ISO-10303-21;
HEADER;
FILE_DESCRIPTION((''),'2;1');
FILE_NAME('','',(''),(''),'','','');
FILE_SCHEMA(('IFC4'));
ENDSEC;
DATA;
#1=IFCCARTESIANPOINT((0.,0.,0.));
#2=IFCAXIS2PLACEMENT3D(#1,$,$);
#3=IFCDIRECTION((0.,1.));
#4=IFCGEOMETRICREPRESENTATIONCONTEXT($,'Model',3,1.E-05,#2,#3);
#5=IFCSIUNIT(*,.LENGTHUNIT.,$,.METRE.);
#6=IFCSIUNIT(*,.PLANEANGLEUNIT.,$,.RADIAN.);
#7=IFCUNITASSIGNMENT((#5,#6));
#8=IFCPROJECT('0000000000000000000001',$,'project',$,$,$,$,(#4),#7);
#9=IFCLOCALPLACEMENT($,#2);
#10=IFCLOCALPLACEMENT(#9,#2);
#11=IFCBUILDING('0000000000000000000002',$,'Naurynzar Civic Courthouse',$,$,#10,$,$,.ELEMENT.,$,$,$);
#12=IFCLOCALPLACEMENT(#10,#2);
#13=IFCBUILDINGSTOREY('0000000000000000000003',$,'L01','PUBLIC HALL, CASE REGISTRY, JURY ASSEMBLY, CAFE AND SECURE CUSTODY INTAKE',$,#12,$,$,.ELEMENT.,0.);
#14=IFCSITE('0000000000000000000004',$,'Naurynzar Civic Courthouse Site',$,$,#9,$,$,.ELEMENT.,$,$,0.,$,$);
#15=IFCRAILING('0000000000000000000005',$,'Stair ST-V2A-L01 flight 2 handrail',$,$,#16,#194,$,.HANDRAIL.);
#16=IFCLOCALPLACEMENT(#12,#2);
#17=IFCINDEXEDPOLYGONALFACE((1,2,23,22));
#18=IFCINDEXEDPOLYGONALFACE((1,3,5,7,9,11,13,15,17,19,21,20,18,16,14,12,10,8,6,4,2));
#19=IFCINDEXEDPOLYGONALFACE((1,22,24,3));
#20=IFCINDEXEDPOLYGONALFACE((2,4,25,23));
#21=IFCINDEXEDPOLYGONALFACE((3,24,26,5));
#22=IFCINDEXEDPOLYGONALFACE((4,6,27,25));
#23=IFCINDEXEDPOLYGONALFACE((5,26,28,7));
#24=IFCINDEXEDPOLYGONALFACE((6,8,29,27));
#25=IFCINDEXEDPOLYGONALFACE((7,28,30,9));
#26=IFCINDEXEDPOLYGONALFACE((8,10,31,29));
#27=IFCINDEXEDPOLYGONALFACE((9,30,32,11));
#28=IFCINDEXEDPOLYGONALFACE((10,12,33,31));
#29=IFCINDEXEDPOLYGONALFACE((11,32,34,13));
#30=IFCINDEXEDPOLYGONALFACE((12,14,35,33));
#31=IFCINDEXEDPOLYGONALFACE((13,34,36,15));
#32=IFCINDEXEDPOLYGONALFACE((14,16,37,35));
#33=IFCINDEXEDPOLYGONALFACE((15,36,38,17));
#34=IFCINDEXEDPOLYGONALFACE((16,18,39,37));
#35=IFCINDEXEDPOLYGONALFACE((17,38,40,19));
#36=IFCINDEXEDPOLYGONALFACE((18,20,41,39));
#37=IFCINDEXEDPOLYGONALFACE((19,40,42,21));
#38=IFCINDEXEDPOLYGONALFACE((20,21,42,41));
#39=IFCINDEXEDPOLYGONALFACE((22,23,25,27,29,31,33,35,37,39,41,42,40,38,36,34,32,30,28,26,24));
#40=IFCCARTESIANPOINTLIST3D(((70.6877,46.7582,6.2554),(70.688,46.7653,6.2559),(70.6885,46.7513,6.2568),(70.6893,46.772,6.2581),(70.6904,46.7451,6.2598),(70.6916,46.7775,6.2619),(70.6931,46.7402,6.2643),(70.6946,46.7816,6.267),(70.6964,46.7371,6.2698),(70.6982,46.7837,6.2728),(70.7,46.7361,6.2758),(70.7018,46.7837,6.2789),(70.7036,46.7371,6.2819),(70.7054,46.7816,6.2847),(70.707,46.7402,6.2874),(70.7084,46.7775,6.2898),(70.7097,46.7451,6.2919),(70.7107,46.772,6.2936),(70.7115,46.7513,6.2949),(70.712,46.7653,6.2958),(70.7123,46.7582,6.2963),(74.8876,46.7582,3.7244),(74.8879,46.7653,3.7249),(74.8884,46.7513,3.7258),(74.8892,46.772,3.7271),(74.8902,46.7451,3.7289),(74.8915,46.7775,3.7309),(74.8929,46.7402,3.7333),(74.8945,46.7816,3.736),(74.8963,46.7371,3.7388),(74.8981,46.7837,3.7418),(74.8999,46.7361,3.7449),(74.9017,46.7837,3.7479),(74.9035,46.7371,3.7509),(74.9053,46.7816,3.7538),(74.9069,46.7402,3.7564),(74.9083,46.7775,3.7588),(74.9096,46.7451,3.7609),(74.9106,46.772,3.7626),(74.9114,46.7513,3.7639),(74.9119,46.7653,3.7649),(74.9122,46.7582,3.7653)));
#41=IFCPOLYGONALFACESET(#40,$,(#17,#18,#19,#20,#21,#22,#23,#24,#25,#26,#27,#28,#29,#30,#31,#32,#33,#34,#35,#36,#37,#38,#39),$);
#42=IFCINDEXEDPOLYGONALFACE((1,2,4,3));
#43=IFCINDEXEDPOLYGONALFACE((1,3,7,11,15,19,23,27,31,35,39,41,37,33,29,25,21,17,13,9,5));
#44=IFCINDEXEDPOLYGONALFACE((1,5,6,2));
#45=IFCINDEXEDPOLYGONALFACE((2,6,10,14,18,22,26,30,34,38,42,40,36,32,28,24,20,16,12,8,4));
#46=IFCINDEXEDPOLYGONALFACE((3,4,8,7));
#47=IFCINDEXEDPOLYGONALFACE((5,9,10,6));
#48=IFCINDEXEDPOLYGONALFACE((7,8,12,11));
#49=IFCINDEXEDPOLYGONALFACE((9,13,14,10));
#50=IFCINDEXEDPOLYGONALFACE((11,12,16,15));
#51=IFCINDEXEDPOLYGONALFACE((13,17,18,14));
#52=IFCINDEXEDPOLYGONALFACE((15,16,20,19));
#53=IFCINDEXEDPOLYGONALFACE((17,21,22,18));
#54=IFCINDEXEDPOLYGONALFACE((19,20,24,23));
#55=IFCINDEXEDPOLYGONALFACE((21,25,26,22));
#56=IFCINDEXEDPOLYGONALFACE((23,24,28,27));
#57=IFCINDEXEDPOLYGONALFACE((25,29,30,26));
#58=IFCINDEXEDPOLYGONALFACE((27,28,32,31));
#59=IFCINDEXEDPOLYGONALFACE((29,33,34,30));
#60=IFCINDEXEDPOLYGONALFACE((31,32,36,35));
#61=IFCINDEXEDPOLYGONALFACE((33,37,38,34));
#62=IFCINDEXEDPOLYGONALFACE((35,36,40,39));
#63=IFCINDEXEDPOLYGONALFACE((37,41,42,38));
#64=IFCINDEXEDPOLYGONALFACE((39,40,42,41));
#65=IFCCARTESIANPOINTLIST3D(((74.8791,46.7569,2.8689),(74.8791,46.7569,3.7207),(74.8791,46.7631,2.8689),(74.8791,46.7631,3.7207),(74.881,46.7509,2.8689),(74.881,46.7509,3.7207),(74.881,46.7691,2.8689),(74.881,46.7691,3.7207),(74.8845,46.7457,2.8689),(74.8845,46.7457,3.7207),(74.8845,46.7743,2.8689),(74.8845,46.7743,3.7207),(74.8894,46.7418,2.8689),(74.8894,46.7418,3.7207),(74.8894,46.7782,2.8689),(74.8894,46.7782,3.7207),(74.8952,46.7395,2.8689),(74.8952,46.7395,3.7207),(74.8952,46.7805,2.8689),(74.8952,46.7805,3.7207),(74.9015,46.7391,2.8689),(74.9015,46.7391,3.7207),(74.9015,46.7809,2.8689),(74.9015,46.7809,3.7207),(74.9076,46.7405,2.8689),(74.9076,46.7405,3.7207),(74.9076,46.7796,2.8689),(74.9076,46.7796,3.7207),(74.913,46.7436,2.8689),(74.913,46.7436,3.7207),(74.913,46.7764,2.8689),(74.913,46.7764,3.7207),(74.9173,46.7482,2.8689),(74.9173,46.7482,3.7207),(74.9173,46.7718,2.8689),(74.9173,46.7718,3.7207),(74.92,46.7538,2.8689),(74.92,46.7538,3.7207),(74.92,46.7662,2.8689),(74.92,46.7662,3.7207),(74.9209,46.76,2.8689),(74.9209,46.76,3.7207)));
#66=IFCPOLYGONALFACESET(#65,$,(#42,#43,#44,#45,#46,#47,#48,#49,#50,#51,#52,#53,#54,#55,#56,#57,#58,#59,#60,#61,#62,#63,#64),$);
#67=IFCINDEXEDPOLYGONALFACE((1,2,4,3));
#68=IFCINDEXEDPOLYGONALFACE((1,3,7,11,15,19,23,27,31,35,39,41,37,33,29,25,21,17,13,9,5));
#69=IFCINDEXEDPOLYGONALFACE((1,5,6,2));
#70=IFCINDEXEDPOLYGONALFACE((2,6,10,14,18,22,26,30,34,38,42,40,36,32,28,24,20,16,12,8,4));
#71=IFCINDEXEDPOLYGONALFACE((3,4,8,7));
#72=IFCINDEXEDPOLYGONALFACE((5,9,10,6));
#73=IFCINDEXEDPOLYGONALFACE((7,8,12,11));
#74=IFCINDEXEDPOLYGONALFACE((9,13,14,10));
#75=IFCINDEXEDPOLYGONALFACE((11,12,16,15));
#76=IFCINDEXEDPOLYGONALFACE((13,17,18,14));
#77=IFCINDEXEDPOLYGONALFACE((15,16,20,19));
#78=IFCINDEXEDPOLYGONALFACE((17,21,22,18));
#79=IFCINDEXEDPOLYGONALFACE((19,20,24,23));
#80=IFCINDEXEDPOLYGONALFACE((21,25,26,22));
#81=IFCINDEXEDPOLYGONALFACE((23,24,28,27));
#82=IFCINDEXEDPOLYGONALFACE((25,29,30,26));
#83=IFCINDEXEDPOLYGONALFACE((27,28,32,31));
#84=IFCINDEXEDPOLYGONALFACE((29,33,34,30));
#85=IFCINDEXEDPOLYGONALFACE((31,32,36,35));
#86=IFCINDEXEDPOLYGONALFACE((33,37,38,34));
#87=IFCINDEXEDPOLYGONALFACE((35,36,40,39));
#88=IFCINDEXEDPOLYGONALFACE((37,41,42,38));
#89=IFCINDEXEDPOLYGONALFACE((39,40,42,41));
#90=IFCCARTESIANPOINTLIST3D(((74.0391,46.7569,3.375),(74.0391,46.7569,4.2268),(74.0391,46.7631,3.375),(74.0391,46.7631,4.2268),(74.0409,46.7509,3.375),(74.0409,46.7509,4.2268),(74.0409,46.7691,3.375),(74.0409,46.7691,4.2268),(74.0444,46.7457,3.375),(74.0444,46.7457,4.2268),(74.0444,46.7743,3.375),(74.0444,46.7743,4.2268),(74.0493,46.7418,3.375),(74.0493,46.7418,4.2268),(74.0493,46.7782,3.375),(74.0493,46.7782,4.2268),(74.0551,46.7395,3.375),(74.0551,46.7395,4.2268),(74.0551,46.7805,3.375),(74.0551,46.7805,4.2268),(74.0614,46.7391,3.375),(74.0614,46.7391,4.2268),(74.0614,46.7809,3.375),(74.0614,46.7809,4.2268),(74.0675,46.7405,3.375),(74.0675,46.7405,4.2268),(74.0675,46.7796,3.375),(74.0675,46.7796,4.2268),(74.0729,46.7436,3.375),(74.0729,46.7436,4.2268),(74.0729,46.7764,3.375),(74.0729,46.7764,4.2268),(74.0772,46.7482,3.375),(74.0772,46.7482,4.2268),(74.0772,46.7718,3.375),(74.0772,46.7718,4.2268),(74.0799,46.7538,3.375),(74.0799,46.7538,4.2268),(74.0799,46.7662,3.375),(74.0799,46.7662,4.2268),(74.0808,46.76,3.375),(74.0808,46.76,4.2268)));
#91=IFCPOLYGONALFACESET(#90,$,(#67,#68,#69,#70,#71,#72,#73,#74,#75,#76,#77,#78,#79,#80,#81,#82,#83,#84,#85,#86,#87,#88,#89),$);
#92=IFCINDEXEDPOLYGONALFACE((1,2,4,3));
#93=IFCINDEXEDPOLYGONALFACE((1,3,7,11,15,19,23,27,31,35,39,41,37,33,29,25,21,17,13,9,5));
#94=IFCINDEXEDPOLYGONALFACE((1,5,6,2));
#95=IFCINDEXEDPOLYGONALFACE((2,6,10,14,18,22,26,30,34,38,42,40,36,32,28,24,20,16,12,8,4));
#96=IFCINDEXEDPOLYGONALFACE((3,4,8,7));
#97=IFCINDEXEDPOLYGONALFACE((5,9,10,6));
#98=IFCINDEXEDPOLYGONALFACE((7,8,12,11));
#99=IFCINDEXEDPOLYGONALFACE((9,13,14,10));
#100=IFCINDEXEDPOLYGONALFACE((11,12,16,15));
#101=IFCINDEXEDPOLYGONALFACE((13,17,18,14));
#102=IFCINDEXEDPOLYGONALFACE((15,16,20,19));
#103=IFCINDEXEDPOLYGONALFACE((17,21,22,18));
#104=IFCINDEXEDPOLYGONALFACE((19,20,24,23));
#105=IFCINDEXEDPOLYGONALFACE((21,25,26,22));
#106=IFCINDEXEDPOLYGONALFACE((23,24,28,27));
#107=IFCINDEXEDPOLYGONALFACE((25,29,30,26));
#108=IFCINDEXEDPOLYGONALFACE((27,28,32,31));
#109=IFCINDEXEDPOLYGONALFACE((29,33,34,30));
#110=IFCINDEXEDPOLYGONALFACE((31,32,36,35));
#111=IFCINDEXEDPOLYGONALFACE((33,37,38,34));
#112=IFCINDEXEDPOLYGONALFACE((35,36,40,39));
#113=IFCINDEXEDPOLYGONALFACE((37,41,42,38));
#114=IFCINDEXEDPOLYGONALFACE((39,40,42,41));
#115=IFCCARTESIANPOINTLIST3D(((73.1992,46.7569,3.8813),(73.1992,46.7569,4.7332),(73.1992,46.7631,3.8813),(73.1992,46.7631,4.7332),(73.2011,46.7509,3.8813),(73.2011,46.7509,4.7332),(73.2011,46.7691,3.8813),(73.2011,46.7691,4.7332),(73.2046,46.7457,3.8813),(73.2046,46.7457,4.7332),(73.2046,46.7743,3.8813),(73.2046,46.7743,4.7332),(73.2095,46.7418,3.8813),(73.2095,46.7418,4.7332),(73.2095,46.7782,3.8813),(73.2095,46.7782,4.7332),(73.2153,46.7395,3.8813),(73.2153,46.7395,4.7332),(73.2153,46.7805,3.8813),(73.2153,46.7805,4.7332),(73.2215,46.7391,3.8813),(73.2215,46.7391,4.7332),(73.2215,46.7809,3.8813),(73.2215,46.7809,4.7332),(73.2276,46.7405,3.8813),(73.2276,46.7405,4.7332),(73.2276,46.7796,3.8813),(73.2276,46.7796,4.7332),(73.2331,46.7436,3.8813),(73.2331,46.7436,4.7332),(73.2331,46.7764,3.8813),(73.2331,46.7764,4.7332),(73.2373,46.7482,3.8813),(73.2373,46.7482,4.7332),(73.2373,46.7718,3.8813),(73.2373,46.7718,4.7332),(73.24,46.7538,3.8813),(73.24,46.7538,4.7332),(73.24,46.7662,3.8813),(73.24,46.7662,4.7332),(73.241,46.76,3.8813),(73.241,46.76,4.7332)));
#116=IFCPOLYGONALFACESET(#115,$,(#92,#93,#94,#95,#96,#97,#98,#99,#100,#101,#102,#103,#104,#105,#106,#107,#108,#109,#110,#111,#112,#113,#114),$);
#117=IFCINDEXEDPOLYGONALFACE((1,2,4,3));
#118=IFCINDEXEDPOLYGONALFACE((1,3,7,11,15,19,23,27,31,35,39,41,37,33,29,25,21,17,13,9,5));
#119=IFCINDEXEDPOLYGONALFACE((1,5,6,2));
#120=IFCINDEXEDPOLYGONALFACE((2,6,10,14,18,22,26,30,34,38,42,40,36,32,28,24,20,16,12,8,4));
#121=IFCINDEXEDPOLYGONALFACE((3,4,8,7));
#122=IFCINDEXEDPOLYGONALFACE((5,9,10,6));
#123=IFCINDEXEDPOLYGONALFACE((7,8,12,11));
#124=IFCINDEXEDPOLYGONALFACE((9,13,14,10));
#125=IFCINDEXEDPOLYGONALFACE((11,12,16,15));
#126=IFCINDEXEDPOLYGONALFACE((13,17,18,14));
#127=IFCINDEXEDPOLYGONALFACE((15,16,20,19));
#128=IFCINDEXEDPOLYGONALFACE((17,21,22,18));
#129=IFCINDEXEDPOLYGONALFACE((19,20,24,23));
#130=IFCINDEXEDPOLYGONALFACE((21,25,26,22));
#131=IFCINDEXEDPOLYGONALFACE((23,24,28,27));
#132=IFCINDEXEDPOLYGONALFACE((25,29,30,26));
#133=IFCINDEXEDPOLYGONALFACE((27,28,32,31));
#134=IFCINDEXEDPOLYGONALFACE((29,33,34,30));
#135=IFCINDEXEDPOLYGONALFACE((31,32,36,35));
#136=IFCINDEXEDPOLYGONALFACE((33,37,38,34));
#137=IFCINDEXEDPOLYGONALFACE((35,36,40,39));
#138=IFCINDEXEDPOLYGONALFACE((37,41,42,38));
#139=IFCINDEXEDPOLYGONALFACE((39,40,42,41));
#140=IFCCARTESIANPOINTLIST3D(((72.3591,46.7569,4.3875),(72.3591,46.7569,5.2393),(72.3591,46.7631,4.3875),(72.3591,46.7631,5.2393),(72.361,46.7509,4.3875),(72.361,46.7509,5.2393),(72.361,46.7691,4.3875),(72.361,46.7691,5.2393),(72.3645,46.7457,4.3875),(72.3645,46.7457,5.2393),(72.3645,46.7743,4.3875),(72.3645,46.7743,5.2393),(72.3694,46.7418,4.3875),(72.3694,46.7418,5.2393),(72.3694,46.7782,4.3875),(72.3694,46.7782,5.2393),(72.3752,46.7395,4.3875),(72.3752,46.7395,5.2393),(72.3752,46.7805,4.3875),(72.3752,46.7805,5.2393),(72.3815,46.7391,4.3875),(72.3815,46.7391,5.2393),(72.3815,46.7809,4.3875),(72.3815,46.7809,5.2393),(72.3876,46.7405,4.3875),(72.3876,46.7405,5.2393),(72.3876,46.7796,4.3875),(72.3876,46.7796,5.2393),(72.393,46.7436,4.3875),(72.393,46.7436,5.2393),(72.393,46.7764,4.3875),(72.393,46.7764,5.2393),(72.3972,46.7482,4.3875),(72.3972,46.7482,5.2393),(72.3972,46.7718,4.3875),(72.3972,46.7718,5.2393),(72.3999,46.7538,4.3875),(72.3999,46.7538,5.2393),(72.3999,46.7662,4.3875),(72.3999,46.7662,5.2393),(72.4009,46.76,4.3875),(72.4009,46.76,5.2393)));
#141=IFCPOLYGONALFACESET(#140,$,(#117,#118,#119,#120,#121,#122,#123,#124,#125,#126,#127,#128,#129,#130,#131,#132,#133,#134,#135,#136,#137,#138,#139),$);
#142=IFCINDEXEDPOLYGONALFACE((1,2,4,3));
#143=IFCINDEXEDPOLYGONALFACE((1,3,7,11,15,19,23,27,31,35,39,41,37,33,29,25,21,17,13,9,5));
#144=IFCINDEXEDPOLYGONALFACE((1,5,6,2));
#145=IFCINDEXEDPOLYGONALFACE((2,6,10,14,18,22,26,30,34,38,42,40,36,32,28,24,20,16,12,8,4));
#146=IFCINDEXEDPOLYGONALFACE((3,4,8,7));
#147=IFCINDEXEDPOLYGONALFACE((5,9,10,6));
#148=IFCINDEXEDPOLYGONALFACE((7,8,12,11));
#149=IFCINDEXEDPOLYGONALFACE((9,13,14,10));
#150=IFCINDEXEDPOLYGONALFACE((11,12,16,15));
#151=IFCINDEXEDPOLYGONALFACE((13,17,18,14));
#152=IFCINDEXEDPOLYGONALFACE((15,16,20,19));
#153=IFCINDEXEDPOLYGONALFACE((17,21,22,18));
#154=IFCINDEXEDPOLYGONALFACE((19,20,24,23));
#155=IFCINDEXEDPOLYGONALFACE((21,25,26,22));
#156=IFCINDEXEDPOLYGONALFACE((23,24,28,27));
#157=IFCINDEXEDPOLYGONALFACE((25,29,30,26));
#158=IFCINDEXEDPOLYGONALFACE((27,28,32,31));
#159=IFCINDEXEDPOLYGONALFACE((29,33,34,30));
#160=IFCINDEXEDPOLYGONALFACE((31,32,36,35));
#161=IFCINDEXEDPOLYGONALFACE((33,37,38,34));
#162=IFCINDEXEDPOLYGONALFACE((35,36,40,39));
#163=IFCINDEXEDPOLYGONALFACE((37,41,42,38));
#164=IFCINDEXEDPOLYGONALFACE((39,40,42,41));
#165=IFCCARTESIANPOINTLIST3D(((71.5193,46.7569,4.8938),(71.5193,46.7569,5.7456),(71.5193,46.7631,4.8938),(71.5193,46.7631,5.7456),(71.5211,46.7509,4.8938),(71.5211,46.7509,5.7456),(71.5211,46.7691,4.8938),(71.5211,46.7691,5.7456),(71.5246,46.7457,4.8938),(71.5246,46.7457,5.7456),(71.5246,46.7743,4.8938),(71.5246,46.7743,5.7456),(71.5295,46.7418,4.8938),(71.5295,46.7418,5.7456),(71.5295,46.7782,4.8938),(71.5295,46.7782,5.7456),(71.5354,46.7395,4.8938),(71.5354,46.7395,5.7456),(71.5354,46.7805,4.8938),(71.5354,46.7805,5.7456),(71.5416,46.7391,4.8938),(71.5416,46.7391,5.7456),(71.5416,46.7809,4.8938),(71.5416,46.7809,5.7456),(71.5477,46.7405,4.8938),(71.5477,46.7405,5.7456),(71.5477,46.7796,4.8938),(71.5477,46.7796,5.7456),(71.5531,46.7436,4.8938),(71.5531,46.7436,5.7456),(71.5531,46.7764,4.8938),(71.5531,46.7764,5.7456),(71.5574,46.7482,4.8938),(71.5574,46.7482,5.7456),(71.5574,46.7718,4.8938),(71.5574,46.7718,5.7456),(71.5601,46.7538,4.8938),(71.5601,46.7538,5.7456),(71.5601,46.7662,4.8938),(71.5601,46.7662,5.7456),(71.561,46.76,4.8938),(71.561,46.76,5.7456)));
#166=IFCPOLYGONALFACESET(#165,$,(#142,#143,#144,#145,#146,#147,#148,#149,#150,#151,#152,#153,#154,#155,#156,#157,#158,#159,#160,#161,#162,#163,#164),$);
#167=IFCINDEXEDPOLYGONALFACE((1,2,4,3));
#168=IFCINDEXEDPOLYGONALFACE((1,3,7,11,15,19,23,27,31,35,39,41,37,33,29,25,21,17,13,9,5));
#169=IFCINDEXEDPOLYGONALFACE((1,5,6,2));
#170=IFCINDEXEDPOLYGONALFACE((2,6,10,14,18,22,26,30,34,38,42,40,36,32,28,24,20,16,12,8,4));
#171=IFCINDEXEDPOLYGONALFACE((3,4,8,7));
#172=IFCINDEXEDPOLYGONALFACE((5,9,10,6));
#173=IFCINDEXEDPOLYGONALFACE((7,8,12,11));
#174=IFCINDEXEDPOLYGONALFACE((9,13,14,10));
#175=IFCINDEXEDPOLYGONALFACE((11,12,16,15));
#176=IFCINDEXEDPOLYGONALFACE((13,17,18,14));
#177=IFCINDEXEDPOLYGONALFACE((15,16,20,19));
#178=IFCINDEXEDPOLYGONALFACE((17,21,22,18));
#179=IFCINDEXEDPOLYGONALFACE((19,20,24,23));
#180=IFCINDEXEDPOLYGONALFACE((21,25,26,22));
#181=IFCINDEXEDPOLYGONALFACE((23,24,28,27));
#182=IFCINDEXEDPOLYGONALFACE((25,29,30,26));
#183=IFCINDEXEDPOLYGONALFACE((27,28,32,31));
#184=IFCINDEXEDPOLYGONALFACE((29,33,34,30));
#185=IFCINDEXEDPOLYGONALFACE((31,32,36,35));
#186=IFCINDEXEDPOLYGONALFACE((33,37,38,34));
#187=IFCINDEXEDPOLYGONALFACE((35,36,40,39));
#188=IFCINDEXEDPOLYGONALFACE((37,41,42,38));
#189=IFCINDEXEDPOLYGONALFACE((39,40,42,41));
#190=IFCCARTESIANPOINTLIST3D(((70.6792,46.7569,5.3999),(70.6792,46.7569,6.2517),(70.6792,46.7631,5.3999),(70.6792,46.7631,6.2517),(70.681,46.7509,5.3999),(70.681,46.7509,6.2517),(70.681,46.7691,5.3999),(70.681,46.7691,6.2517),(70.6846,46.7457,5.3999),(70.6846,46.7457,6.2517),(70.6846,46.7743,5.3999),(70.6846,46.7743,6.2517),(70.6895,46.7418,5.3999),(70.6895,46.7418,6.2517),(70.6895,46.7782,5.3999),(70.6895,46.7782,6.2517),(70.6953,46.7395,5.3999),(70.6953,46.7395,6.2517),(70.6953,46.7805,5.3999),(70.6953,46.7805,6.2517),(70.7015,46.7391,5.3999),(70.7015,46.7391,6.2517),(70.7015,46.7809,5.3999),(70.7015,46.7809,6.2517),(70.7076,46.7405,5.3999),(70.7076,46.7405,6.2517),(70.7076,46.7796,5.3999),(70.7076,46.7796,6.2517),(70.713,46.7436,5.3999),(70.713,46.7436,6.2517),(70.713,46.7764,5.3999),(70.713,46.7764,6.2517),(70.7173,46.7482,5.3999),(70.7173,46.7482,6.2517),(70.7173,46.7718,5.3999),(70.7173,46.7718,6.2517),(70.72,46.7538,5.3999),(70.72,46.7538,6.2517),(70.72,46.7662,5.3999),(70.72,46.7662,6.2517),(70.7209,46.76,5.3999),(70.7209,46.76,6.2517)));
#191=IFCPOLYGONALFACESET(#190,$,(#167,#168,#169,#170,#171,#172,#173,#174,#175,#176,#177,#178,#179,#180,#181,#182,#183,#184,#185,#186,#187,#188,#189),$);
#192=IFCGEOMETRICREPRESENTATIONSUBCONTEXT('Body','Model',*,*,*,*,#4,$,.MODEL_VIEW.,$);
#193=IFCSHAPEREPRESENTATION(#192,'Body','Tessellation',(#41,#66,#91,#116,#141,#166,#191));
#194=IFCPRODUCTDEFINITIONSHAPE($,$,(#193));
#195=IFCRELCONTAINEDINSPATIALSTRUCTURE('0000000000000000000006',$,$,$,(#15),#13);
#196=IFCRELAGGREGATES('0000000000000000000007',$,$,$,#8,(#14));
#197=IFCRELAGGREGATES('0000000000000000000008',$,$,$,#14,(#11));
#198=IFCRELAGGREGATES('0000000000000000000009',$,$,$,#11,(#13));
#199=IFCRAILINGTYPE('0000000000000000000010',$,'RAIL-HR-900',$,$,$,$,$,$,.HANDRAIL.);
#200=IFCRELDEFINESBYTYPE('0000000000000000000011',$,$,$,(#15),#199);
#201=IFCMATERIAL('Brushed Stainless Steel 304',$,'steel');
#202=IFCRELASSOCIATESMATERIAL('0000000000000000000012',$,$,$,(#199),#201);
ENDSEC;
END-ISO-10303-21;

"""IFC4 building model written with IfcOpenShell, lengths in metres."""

from ifc_helpers import new_model, si_unit, direction, frame, origin, origin_2d, place, context, subcontext, project, spatial, circle, extrude, material, type_object, element, save


model = new_model("IFC4")

# Units and contexts
model_context = context("Model", 3, precision=1e-05, world=origin(), true_north=direction((0.0, 1.0)))
body_context = subcontext(model_context, "Body", "Model", "MODEL_VIEW")
ifc_project = project(units=[si_unit("LENGTHUNIT", "METRE"), si_unit("PLANEANGLEUNIT", "RADIAN")], contexts=[model_context])

# Site, building, storey
site_placement = place(None, origin())
site = spatial("IfcSite", under=ifc_project, at=site_placement, Name="Naurynzar Civic Courthouse Site", CompositionType="ELEMENT", RefElevation=0.0)
building_placement = place(site_placement, origin())
building = spatial("IfcBuilding", under=site, at=building_placement, Name="Naurynzar Civic Courthouse", CompositionType="ELEMENT")
storey_placement = place(building_placement, origin())
storey = spatial("IfcBuildingStorey", under=building, at=storey_placement, Name="L01", Description="PUBLIC HALL, CASE REGISTRY, JURY ASSEMBLY, CAFE AND SECURE CUSTODY INTAKE", CompositionType="ELEMENT", Elevation=0.0)

# Railing
ifc_material_1 = material(Name="Brushed Stainless Steel 304", Category="steel")
railing_type_1 = type_object("IfcRailingType", Name="RAIL-HR-900", PredefinedType="HANDRAIL", material=ifc_material_1)
railing_1_placement = place(storey_placement, frame((74.8999, 46.76, 2.8689)))
element("IfcRailing", 1, at=railing_1_placement, inside=storey, type_object=railing_type_1, Name="Stair ST-V2A-L01 flight 2 handrail", PredefinedType="HANDRAIL", context=body_context, shape_type="SweptSolid", body=[
    extrude(circle(Radius=0.0239, at=origin_2d()), frame((0.0, 0.0, 0.876), z_axis=(-0.856499, 0.0, 0.51615), x_axis=(0.0, -1.0, 0.0)), (0.0, 0.0, 1.0), 4.9036),
    extrude(circle(Radius=0.021, at=origin_2d()), origin(), (0.0, 0.0, 1.0), 0.8518),
    extrude(circle(Radius=0.021, at=origin_2d()), frame((-0.8401, 0.0, 0.5061)), (0.0, 0.0, 1.0), 0.8518),
    extrude(circle(Radius=0.021, at=origin_2d()), frame((-1.6799, 0.0, 1.0125)), (0.0, 0.0, 1.0), 0.8518),
    extrude(circle(Radius=0.021, at=origin_2d()), frame((-2.52, 0.0, 1.5186)), (0.0, 0.0, 1.0), 0.8518),
    extrude(circle(Radius=0.021, at=origin_2d()), frame((-3.3599, 0.0, 2.0249)), (0.0, 0.0, 1.0), 0.8518),
    extrude(circle(Radius=0.021, at=origin_2d()), frame((-4.2, 0.0, 2.531)), (0.0, 0.0, 1.0), 0.8518),
])

save(model, "model.ifc")
